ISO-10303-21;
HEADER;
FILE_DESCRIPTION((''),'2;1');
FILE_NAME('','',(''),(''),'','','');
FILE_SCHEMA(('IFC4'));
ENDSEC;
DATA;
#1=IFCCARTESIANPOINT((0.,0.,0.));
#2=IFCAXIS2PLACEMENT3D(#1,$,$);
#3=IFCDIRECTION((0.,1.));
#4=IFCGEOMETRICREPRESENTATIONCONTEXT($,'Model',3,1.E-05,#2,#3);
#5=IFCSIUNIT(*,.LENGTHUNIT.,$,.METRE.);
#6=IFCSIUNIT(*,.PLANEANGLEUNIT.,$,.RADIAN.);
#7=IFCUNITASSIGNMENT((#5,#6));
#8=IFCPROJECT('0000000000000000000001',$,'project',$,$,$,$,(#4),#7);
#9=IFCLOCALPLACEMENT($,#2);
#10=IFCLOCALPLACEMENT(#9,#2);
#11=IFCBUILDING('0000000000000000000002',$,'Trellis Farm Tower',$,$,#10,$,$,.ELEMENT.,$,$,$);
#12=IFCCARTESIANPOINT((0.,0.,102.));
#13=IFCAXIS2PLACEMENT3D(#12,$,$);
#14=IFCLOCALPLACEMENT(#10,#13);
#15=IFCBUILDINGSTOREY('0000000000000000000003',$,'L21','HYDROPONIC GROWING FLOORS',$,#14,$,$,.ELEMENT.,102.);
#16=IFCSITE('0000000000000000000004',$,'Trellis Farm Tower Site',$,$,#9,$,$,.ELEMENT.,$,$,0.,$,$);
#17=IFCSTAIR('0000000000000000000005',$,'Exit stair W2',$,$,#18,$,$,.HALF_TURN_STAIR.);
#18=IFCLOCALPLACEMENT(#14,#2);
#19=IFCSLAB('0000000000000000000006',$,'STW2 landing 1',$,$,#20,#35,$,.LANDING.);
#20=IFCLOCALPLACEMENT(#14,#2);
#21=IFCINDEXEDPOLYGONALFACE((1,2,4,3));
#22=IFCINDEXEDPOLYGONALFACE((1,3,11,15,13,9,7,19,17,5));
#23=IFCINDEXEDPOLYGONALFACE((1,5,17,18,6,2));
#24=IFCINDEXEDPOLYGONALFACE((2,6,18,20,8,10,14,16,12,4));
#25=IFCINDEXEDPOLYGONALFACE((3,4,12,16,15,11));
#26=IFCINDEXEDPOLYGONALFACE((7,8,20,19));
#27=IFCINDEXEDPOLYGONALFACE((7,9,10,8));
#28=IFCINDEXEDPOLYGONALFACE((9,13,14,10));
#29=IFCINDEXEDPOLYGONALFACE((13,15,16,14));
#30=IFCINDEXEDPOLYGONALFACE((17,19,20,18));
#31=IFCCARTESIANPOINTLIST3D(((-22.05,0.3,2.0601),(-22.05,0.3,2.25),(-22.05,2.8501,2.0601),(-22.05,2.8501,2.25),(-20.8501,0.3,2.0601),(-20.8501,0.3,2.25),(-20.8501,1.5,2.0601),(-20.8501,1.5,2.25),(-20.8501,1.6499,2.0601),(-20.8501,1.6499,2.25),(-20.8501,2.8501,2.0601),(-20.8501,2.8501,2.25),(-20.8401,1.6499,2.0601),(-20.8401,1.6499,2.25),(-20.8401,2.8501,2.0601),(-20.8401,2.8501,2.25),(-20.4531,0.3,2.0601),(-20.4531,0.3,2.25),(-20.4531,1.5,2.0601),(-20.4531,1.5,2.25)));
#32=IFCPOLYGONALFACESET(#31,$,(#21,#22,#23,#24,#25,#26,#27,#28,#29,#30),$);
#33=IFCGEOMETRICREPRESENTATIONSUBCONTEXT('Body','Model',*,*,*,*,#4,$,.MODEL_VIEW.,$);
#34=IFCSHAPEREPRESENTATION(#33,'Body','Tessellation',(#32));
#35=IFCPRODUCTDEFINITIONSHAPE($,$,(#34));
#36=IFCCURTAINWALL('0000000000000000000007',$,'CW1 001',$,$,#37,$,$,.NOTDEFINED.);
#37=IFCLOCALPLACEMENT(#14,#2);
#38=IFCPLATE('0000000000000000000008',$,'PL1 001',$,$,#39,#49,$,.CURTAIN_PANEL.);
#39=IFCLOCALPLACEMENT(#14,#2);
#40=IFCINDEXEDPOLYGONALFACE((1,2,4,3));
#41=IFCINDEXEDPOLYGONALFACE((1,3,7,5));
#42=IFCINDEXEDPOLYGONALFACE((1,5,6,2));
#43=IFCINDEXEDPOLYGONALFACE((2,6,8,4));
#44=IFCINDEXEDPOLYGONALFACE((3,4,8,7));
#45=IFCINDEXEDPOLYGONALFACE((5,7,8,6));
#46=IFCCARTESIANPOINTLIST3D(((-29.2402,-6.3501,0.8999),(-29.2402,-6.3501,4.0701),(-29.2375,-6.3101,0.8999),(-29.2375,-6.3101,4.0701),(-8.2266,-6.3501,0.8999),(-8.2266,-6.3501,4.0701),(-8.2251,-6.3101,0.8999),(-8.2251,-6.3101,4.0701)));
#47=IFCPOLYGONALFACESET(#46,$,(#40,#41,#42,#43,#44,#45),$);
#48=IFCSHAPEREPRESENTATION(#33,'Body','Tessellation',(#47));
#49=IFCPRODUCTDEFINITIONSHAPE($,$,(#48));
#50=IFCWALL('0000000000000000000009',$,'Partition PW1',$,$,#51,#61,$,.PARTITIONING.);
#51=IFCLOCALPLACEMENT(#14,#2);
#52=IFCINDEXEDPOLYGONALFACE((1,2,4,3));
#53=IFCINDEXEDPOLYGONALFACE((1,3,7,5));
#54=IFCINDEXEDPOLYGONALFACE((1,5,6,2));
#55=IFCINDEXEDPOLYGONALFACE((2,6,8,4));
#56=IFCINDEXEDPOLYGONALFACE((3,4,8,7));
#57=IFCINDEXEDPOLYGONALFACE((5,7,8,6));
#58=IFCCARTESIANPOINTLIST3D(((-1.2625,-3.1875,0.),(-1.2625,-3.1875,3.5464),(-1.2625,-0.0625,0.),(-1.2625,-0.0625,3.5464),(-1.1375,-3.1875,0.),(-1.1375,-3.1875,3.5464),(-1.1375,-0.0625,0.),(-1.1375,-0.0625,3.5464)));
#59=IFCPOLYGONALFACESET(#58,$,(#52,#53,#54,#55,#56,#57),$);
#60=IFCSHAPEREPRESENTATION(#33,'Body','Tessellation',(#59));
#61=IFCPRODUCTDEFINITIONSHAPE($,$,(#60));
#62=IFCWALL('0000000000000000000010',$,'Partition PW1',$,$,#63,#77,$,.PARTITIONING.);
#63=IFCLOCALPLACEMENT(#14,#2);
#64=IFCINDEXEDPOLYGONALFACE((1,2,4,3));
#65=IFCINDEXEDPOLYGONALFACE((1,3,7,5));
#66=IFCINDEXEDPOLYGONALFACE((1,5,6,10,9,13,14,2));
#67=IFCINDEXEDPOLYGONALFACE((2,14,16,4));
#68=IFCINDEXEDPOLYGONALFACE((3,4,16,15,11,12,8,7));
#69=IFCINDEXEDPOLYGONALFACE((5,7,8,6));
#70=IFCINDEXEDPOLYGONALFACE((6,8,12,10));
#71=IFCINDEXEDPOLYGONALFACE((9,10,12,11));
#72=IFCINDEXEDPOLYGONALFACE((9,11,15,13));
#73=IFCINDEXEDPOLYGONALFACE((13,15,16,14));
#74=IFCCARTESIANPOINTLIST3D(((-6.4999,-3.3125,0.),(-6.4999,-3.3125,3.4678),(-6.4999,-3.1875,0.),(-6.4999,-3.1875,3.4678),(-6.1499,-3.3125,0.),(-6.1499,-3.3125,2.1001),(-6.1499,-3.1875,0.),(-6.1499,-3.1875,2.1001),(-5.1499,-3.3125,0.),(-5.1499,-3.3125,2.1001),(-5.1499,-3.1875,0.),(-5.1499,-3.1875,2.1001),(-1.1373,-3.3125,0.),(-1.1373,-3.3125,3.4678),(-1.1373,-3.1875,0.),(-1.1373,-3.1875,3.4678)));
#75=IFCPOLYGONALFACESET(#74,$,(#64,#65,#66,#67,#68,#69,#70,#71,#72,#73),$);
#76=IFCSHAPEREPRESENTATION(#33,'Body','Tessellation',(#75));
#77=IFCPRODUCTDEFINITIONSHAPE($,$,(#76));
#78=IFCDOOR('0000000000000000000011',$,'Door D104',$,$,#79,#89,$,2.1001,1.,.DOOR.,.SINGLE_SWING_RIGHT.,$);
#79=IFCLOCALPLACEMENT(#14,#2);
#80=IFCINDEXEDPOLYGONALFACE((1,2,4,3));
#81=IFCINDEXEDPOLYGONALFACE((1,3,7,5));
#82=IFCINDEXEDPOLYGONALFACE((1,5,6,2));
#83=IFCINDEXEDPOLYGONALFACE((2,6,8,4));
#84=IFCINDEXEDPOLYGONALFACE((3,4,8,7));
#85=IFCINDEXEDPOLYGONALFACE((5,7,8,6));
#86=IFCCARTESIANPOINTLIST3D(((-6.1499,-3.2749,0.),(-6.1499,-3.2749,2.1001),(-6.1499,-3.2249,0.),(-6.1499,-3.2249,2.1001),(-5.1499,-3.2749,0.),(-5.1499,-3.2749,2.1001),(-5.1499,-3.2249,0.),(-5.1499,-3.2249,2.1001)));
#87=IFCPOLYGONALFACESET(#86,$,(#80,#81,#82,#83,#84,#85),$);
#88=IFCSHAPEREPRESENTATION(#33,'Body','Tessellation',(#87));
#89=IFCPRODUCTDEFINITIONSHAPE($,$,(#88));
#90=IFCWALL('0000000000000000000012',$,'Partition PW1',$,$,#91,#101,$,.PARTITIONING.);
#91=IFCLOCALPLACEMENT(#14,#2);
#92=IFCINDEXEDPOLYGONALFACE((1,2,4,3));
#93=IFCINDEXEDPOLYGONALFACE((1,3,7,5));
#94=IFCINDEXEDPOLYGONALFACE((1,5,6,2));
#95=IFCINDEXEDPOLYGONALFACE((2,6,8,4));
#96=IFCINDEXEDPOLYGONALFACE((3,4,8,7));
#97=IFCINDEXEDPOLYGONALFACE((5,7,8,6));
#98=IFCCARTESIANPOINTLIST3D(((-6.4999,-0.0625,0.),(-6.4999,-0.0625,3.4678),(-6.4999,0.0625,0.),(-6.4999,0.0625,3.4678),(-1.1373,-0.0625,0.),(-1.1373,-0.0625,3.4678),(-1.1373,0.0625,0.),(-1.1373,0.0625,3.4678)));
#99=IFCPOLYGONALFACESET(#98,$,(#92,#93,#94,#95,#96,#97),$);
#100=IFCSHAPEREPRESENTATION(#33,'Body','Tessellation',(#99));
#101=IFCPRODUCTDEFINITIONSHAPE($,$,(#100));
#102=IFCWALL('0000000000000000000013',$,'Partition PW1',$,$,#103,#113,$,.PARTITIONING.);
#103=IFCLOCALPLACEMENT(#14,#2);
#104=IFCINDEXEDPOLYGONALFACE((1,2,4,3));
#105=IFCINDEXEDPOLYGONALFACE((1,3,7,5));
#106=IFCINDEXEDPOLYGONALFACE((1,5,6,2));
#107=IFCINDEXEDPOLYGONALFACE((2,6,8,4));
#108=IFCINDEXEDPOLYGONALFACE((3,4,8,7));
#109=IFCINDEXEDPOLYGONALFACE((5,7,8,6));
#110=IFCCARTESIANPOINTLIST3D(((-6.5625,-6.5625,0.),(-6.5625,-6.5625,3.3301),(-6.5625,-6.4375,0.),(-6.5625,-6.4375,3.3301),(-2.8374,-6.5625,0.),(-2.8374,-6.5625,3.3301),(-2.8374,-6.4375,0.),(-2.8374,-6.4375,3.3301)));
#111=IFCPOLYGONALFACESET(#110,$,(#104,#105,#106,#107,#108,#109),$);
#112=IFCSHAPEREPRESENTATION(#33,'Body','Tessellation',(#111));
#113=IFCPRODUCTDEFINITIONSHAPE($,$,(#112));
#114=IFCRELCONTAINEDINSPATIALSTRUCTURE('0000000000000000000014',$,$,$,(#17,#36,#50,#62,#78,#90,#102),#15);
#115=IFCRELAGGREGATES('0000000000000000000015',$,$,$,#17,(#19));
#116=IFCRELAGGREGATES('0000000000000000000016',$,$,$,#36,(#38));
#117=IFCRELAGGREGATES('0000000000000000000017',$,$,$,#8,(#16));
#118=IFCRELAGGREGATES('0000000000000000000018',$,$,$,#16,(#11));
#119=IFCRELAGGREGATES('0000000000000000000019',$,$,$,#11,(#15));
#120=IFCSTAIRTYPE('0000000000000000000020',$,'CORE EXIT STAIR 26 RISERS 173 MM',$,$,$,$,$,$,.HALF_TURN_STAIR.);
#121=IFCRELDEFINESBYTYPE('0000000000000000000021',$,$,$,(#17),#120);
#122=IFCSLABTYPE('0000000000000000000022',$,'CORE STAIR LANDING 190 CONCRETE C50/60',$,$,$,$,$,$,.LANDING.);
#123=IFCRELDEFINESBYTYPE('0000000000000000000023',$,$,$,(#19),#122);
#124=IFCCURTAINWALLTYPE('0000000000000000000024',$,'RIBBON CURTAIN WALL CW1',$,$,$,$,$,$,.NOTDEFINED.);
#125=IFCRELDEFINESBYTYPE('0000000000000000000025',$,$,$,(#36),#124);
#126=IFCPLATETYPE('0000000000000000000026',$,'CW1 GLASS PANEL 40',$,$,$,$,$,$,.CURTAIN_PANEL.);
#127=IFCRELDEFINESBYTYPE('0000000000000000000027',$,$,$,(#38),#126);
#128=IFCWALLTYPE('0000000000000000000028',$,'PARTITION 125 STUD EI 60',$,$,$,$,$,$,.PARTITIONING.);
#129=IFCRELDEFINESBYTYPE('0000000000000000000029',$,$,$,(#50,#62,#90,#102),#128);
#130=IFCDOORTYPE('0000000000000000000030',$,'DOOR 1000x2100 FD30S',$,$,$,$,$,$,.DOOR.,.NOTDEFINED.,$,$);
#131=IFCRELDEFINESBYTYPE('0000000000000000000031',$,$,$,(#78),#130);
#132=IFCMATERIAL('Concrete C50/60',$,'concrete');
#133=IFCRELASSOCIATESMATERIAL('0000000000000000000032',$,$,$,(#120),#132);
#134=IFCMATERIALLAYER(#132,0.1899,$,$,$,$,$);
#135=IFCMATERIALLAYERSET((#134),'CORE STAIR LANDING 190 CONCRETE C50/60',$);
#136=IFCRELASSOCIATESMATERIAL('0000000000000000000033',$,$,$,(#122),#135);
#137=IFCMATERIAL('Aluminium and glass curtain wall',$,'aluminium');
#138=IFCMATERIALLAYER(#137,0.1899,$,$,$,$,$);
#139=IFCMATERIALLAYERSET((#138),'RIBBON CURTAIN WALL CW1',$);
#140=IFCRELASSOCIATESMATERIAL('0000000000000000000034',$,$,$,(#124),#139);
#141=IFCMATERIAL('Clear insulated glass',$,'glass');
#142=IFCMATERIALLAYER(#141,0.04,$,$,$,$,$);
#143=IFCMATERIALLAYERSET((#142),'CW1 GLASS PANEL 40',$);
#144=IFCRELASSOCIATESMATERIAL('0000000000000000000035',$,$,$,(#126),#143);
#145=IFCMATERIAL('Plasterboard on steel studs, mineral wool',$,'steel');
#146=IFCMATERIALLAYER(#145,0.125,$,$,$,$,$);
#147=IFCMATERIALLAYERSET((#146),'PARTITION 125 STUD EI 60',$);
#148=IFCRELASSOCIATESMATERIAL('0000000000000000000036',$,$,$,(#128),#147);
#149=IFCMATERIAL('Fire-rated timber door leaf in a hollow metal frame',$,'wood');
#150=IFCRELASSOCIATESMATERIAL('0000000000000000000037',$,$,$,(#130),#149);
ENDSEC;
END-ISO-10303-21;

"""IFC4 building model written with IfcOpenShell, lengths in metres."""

from ifc_helpers import new_model, si_unit, direction, frame, frame_2d, origin, place, context, subcontext, project, spatial, polyline, rectangle, outline, extrude, source, transform, mapped, material, layer, layer_set, type_object, element, fill, aggregate, save


model = new_model("IFC4")

# Units and contexts
model_context = context("Model", 3, precision=1e-05, world=origin(), true_north=direction((0.0, 1.0)))
body_context = subcontext(model_context, "Body", "Model", "MODEL_VIEW")
ifc_project = project(units=[si_unit("LENGTHUNIT", "METRE"), si_unit("PLANEANGLEUNIT", "RADIAN")], contexts=[model_context])

# Site, building, storey
site_placement = place(None, origin())
site = spatial("IfcSite", under=ifc_project, at=site_placement, Name="Trellis Farm Tower Site", CompositionType="ELEMENT", RefElevation=0.0)
building_placement = place(site_placement, origin())
building = spatial("IfcBuilding", under=site, at=building_placement, Name="Trellis Farm Tower", CompositionType="ELEMENT")
storey_placement = place(building_placement, frame((0.0, 0.0, 102.0)))
storey = spatial("IfcBuildingStorey", under=building, at=storey_placement, Name="L21", Description="HYDROPONIC GROWING FLOORS", CompositionType="ELEMENT", Elevation=102.0)

# Stair, slab
ifc_material_1 = material(Name="Concrete C50/60", Category="concrete")
stair_type = type_object("IfcStairType", Name="CORE EXIT STAIR 26 RISERS 173 MM", PredefinedType="HALF_TURN_STAIR", material=ifc_material_1)
placement_1 = place(storey_placement, origin())
ifc_layer_1 = layer(ifc_material_1, 0.1899)
ifc_layer_set_1 = layer_set([ifc_layer_1], Name="CORE STAIR LANDING 190 CONCRETE C50/60")
slab_type_1 = type_object("IfcSlabType", Name="CORE STAIR LANDING 190 CONCRETE C50/60", PredefinedType="LANDING", material=ifc_layer_set_1)
placement_2 = place(storey_placement, frame((0.0, 0.0, 2.0601)))
stair_1 = element("IfcStair", 1, at=placement_1, inside=storey, type_object=stair_type, Name="Exit stair W2", PredefinedType="HALF_TURN_STAIR")
shared_shape_1 = source(origin(), body_context, "Body", "SweptSolid", [
    extrude(outline(polyline([(-20.4531, 1.5), (-20.4531, 0.3), (-20.8501, 0.3), (-22.05, 0.3), (-22.05, 2.8501), (-20.8501, 2.8501), (-20.8401, 2.8501), (-20.8401, 1.6499), (-20.8501, 1.6499), (-20.8501, 1.5), (-20.4531, 1.5)])), origin(), (0.0, 0.0, 1.0), 0.1899),
])
slab_1 = element("IfcSlab", 2, at=placement_2, type_object=slab_type_1, Name="STW2 landing 1", PredefinedType="LANDING", context=body_context, shape_type="MappedRepresentation", body=[
    mapped(shared_shape_1, transform((0.0, 0.0, 0.0))),
])
aggregate(stair_1, [slab_1])

# Curtain wall, plate
ifc_material_2 = material(Name="Aluminium and glass curtain wall", Category="aluminium")
ifc_layer_2 = layer(ifc_material_2, 0.1899)
ifc_layer_set_2 = layer_set([ifc_layer_2], Name="RIBBON CURTAIN WALL CW1")
curtain_wall_type = type_object("IfcCurtainWallType", Name="RIBBON CURTAIN WALL CW1", PredefinedType="NOTDEFINED", material=ifc_layer_set_2)
curtain_wall = element("IfcCurtainWall", 3, at=placement_1, inside=storey, type_object=curtain_wall_type, Name="CW1 001", PredefinedType="NOTDEFINED")
ifc_material_3 = material(Name="Clear insulated glass", Category="glass")
ifc_layer_3 = layer(ifc_material_3, 0.04)
ifc_layer_set_3 = layer_set([ifc_layer_3], Name="CW1 GLASS PANEL 40")
plate_type = type_object("IfcPlateType", Name="CW1 GLASS PANEL 40", PredefinedType="CURTAIN_PANEL", material=ifc_layer_set_3)
shared_shape_2 = source(origin(), body_context, "Body", "SweptSolid", [
    extrude(outline(polyline([(-29.2402, -6.3501), (-8.2266, -6.3501), (-8.2251, -6.3101), (-29.2375, -6.3101), (-29.2402, -6.3501)])), origin(), (0.0, 0.0, 1.0), 3.1702),
])
plate_placement = place(storey_placement, frame((0.0, 0.0, 0.8999)))
plate = element("IfcPlate", 4, at=plate_placement, type_object=plate_type, Name="PL1 001", PredefinedType="CURTAIN_PANEL", context=body_context, shape_type="MappedRepresentation", body=[
    mapped(shared_shape_2, transform((0.0, 0.0, 0.0))),
])
aggregate(curtain_wall, [plate])

# Wall
ifc_material_4 = material(Name="Plasterboard on steel studs, mineral wool", Category="steel")
ifc_layer_4 = layer(ifc_material_4, 0.125)
ifc_layer_set_4 = layer_set([ifc_layer_4], Name="PARTITION 125 STUD EI 60")
wall_type = type_object("IfcWallType", Name="PARTITION 125 STUD EI 60", PredefinedType="PARTITIONING", material=ifc_layer_set_4)
shared_shape_3 = source(origin(), body_context, "Body", "SweptSolid", [
    extrude(rectangle(XDim=3.125, YDim=0.125, at=frame_2d((1.5625, 0.0))), origin(), (0.0, 0.0, 1.0), 3.5464),
])
wall_1_placement = place(storey_placement, frame((-1.2, -0.0625, 0.0), z_axis=(0.0, 0.0, 1.0), x_axis=(0.0, -1.0, 0.0)))
element("IfcWall", 5, at=wall_1_placement, inside=storey, type_object=wall_type, Name="Partition PW1", PredefinedType="PARTITIONING", context=body_context, shape_type="MappedRepresentation", body=[
    mapped(shared_shape_3, transform((0.0, 0.0, 0.0))),
])

# Wall, opening, door
shared_shape_4 = source(origin(), body_context, "Body", "SweptSolid", [
    extrude(rectangle(XDim=5.3625, YDim=0.125, at=frame_2d((2.6812, 0.0))), origin(), (0.0, 0.0, 1.0), 3.4678),
])
wall_2_placement = place(storey_placement, frame((-1.1375, -3.25, 0.0), z_axis=(0.0, 0.0, 1.0), x_axis=(-1.0, 0.0, 0.0)))
wall_2 = element("IfcWall", 6, at=wall_2_placement, inside=storey, type_object=wall_type, Name="Partition PW1", PredefinedType="PARTITIONING", context=body_context, shape_type="MappedRepresentation", body=[
    mapped(shared_shape_4, transform((0.0, 0.0, 0.0))),
])
shared_shape_5 = source(origin(), body_context, "Body", "SweptSolid", [
    extrude(rectangle(XDim=1.0, YDim=2.1001, at=frame_2d((0.5, 1.05))), frame((0.0, 0.0725, 0.0), z_axis=(0.0, -1.0, 0.0), x_axis=(1.0, 0.0, 0.0)), (0.0, 0.0, 1.0), 0.145),
])
opening_placement = place(wall_2_placement, frame((4.0125, 0.0, 0.0)))
opening = element("IfcOpeningElement", 7, at=opening_placement, cuts=wall_2, PredefinedType="OPENING", context=body_context, shape_type="MappedRepresentation", body=[
    mapped(shared_shape_5, transform((0.0, 0.0, 0.0))),
])
ifc_material_5 = material(Name="Fire-rated timber door leaf in a hollow metal frame", Category="wood")
door_type = type_object("IfcDoorType", Name="DOOR 1000x2100 FD30S", OperationType="NOTDEFINED", PredefinedType="DOOR", material=ifc_material_5)
shared_shape_6 = source(origin(), body_context, "Body", "SweptSolid", [
    extrude(rectangle(XDim=1.0, YDim=2.1001, at=frame_2d((0.5, 1.05))), frame((0.0, 0.0249, 0.0), z_axis=(0.0, -1.0, 0.0), x_axis=(1.0, 0.0, 0.0)), (0.0, 0.0, 1.0), 0.05),
])
door_placement = place(opening_placement, origin())
door = element("IfcDoor", 8, at=door_placement, inside=storey, type_object=door_type, Name="Door D104", OperationType="SINGLE_SWING_RIGHT", OverallHeight=2.1001, OverallWidth=1.0, PredefinedType="DOOR", context=body_context, shape_type="MappedRepresentation", body=[
    mapped(shared_shape_6, transform((0.0, 0.0, 0.0))),
])
fill(opening, door)

# Walls
wall_3_placement = place(storey_placement, frame((-1.1375, 0.0, 0.0), z_axis=(0.0, 0.0, 1.0), x_axis=(-1.0, 0.0, 0.0)))
element("IfcWall", 9, at=wall_3_placement, inside=storey, type_object=wall_type, Name="Partition PW1", PredefinedType="PARTITIONING", context=body_context, shape_type="MappedRepresentation", body=[
    mapped(shared_shape_4, transform((0.0, 0.0, 0.0))),
])
shared_shape_7 = source(origin(), body_context, "Body", "SweptSolid", [
    extrude(rectangle(XDim=3.7251, YDim=0.125, at=frame_2d((1.8625, 0.0))), origin(), (0.0, 0.0, 1.0), 3.3301),
])
wall_4_placement = place(storey_placement, frame((-2.8374, -6.5, 0.0), z_axis=(0.0, 0.0, 1.0), x_axis=(-1.0, 0.0, 0.0)))
element("IfcWall", 10, at=wall_4_placement, inside=storey, type_object=wall_type, Name="Partition PW1", PredefinedType="PARTITIONING", context=body_context, shape_type="MappedRepresentation", body=[
    mapped(shared_shape_7, transform((0.0, 0.0, 0.0))),
])

save(model, "model.ifc")
